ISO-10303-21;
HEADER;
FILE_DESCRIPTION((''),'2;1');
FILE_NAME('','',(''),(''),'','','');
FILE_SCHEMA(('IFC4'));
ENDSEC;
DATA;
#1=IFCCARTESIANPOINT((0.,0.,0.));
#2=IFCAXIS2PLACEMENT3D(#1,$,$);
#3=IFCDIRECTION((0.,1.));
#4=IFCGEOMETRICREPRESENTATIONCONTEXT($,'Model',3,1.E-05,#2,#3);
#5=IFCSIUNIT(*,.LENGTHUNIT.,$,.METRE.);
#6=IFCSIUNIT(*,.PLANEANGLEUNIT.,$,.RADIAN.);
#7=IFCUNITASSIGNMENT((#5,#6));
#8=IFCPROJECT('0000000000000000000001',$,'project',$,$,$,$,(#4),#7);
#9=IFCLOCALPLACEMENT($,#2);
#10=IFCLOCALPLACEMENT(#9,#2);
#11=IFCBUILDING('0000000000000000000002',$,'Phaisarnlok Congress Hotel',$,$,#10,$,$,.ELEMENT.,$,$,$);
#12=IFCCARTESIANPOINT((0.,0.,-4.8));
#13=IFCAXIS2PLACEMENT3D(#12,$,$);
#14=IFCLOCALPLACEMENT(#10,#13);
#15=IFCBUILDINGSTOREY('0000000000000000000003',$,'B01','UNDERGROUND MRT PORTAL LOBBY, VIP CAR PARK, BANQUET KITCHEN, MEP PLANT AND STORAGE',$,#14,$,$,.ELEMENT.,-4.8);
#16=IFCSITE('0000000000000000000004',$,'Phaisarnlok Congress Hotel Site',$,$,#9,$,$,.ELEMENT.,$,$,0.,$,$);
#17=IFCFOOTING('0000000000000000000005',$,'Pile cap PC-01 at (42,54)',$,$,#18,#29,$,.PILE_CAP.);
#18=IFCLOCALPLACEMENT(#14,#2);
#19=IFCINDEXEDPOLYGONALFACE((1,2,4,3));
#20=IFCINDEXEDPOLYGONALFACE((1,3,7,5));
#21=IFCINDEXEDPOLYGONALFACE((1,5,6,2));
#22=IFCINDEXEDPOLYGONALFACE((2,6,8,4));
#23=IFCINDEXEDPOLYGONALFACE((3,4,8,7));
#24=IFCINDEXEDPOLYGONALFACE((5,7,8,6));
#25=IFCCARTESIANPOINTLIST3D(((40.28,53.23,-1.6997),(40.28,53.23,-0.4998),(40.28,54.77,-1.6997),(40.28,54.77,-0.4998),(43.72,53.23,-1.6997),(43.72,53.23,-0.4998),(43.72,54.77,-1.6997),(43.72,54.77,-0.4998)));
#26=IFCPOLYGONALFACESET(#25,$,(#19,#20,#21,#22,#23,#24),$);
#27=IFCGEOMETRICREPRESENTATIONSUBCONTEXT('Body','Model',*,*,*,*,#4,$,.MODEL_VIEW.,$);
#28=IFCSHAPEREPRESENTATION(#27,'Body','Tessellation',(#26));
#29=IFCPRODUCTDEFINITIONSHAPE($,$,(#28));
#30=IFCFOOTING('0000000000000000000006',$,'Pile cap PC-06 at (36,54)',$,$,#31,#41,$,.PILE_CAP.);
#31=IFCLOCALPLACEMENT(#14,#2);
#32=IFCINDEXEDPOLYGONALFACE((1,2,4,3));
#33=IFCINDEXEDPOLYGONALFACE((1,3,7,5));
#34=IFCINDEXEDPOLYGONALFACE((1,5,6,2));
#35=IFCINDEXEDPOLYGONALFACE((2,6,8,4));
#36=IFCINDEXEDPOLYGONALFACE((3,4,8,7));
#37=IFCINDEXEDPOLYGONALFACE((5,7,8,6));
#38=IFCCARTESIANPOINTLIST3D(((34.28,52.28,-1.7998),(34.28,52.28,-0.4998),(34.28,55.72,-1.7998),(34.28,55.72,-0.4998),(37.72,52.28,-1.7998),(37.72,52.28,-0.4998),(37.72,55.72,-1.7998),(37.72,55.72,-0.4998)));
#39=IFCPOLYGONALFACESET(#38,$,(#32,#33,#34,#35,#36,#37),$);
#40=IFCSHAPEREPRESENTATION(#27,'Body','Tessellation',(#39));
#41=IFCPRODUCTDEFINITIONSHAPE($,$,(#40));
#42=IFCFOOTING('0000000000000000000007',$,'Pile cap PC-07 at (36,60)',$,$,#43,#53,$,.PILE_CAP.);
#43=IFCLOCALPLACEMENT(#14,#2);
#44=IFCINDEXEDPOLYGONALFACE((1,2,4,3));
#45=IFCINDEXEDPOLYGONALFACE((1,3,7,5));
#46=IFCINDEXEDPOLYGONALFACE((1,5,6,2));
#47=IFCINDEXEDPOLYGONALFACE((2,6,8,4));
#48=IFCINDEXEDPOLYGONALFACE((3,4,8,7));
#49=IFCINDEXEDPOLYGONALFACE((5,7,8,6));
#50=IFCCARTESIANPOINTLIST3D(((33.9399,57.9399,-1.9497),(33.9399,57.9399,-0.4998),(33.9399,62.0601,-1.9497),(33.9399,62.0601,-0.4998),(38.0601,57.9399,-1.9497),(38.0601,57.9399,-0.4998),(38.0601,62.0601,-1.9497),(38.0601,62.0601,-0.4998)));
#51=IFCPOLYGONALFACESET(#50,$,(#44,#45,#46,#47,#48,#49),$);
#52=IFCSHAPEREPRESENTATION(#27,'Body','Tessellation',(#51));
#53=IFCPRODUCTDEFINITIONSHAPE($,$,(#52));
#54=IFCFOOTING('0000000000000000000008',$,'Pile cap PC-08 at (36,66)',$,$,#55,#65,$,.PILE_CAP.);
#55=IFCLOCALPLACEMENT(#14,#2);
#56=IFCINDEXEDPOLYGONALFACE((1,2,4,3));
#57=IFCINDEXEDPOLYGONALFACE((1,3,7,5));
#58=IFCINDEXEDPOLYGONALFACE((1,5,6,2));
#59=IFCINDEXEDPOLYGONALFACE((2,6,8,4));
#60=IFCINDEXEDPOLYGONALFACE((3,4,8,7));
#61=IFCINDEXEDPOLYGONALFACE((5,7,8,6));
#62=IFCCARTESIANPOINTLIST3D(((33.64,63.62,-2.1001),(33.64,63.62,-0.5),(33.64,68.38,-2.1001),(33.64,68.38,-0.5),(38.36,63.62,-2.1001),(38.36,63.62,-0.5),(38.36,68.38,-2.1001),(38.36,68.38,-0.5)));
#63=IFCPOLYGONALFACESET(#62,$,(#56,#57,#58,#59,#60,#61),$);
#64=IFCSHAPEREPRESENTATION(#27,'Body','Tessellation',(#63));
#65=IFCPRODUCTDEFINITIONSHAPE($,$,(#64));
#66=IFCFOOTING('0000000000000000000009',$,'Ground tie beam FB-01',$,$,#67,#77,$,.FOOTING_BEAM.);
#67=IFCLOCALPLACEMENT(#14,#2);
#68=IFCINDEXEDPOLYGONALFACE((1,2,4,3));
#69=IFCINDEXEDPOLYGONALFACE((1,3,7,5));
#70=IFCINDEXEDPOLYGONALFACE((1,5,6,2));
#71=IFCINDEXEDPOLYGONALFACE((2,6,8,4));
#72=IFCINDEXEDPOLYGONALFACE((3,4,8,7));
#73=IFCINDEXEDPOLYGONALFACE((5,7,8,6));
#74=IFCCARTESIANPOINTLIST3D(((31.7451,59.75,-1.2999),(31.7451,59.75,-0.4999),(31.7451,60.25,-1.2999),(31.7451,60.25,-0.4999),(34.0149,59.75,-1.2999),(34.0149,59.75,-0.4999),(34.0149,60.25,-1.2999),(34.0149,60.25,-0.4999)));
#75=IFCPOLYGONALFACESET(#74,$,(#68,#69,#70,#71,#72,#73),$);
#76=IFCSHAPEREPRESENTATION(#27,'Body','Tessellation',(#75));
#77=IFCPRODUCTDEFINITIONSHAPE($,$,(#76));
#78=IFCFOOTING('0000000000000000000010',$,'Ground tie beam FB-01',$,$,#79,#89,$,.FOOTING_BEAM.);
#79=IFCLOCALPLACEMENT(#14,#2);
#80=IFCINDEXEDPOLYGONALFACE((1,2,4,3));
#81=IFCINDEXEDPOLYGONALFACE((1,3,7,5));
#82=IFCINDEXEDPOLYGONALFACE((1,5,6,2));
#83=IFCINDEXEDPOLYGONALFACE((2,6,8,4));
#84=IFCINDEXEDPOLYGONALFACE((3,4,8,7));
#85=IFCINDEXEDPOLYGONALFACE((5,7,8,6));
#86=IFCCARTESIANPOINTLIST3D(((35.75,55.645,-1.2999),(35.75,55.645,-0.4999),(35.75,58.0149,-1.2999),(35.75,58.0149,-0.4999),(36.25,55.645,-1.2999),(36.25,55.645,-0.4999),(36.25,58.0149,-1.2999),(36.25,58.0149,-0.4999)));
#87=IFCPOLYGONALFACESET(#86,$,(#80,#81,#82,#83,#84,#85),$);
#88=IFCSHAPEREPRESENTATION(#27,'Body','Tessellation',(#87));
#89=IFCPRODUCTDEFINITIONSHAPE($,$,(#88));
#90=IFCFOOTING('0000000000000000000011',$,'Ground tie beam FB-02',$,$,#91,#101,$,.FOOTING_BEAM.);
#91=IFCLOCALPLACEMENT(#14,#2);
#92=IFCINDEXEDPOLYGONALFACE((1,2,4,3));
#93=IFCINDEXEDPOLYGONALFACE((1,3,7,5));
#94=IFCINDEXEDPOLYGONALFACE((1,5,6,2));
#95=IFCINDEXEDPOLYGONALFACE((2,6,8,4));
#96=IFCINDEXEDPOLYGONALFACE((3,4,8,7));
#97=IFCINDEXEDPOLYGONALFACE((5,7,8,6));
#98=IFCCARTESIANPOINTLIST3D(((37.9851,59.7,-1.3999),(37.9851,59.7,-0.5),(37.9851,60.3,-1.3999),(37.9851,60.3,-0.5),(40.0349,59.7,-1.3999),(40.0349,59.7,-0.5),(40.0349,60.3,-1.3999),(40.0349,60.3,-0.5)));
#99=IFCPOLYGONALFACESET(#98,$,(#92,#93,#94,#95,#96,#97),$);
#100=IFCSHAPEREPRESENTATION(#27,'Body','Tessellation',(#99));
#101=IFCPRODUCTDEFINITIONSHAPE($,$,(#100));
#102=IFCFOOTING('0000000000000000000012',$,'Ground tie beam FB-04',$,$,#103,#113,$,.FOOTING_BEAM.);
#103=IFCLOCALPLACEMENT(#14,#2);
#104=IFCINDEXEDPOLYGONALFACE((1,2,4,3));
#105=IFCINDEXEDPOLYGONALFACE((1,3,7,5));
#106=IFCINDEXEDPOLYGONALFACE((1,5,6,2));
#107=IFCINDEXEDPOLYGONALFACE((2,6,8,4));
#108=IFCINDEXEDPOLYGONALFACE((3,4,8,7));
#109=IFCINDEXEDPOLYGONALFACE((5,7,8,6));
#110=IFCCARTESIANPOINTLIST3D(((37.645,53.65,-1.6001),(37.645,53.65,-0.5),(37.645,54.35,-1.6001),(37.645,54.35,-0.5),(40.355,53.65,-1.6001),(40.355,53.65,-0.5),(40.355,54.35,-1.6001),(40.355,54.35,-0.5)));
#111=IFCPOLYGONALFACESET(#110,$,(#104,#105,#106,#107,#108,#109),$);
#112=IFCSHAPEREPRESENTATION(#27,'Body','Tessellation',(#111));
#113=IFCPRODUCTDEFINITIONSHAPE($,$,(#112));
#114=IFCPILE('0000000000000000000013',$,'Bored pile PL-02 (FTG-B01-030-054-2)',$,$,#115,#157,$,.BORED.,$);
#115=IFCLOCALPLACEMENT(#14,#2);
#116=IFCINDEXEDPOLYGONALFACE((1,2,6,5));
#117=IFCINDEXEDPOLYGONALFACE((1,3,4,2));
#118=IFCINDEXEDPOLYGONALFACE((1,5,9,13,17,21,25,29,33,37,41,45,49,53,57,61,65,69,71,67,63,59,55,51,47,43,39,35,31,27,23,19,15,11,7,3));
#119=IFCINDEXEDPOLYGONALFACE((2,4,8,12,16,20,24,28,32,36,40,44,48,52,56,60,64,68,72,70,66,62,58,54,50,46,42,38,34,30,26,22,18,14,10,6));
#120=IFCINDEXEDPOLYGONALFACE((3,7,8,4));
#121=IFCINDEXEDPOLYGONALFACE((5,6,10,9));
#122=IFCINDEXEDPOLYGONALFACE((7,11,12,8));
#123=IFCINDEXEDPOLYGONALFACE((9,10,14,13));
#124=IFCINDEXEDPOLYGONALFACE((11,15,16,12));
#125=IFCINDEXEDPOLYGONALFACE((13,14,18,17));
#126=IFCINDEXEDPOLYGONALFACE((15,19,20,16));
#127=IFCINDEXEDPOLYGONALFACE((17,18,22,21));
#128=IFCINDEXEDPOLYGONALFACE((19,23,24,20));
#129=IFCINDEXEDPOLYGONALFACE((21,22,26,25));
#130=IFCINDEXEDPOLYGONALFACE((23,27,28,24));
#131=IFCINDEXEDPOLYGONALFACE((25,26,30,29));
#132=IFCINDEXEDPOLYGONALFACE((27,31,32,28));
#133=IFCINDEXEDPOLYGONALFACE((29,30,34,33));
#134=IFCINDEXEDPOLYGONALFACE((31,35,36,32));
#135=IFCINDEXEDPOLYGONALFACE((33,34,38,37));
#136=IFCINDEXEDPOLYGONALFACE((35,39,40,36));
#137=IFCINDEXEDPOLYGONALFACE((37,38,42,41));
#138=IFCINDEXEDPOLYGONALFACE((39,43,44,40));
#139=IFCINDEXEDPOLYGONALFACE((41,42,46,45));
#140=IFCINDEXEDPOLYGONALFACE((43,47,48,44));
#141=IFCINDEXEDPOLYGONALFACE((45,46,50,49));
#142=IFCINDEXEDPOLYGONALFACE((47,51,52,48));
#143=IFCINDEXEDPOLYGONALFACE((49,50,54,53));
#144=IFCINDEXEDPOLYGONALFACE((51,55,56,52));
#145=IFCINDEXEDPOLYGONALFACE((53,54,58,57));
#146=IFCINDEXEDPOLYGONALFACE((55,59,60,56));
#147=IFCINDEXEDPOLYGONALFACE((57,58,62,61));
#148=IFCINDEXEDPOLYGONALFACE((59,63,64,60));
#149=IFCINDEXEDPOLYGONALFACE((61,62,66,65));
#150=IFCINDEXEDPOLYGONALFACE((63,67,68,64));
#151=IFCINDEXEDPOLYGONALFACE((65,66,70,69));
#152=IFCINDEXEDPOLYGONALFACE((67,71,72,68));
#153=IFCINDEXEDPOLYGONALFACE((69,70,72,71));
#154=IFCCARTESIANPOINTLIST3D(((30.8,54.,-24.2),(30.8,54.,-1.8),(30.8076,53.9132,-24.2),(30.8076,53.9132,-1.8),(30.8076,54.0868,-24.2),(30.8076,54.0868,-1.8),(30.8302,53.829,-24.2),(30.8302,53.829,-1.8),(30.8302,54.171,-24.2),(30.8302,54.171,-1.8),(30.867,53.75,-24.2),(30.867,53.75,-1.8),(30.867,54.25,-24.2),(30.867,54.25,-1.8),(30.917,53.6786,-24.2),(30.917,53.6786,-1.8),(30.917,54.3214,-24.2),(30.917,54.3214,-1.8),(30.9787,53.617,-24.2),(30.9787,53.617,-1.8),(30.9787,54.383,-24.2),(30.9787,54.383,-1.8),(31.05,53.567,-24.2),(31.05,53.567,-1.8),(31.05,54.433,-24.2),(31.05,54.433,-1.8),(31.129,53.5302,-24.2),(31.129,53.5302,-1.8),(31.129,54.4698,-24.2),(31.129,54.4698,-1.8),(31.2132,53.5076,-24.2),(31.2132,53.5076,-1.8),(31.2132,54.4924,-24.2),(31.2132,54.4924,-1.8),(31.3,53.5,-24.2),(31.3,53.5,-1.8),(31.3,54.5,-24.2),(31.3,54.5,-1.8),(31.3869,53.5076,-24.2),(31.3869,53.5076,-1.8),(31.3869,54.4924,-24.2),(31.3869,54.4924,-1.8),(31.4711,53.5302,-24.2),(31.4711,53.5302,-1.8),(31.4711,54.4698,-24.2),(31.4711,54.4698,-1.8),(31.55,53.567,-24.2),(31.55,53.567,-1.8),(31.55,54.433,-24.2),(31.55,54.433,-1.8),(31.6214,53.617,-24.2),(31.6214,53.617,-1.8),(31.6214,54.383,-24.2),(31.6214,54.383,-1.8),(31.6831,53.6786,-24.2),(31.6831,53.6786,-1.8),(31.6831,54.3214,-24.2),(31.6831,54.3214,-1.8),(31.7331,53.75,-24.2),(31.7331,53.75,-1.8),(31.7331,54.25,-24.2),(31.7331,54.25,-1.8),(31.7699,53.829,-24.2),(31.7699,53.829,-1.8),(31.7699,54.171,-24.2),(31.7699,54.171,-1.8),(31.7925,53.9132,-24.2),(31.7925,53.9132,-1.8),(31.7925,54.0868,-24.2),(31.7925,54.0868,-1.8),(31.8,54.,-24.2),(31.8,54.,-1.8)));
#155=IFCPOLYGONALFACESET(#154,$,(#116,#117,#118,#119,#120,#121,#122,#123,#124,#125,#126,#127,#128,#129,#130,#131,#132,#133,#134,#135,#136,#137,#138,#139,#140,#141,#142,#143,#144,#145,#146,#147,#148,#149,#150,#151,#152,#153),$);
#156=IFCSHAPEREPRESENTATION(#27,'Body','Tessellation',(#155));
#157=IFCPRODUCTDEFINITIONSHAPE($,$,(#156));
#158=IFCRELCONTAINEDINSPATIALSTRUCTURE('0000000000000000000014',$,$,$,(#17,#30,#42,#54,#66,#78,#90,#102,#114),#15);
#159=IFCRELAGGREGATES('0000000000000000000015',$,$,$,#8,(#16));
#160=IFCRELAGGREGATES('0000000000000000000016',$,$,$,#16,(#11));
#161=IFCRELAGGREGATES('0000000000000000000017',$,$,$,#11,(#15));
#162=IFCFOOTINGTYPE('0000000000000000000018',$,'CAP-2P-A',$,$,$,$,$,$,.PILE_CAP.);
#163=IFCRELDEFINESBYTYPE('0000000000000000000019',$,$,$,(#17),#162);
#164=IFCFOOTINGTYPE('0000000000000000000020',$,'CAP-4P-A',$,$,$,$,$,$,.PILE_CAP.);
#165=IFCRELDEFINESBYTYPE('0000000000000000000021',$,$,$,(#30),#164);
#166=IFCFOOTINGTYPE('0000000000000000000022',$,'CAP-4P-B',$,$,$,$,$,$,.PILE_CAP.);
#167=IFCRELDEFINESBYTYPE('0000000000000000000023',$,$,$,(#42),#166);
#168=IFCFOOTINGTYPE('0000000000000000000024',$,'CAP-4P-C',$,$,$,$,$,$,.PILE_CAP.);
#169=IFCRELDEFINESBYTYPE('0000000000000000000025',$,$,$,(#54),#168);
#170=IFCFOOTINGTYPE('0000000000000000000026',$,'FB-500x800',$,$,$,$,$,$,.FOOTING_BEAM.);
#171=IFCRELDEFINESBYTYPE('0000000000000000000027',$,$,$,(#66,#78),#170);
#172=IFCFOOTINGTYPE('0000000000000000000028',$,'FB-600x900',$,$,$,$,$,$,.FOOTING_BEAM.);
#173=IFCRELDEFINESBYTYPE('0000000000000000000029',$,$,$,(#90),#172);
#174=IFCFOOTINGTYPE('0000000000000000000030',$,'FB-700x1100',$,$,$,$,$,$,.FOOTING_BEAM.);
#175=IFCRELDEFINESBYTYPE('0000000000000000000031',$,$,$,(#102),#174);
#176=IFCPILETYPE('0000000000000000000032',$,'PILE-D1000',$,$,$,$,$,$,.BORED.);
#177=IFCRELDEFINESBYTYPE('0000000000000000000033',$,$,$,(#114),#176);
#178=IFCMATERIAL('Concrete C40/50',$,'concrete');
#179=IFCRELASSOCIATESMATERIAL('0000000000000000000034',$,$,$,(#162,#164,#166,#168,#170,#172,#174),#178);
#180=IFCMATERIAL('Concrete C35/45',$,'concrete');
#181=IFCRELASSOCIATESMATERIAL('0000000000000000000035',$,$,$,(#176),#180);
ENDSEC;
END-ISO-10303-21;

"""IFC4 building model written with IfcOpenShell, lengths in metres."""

from ifc_helpers import new_model, si_unit, direction, frame, origin, origin_2d, place, context, subcontext, project, spatial, rectangle, circle, extrude, material, material_profile, profile_set, type_object, element, save


model = new_model("IFC4")

# Units and contexts
model_context = context("Model", 3, precision=1e-05, world=origin(), true_north=direction((0.0, 1.0)))
body_context = subcontext(model_context, "Body", "Model", "MODEL_VIEW")
ifc_project = project(units=[si_unit("LENGTHUNIT", "METRE"), si_unit("PLANEANGLEUNIT", "RADIAN")], contexts=[model_context])

# Site, building, storey
site_placement = place(None, origin())
site = spatial("IfcSite", under=ifc_project, at=site_placement, Name="Phaisarnlok Congress Hotel Site", CompositionType="ELEMENT", RefElevation=0.0)
building_placement = place(site_placement, origin())
building = spatial("IfcBuilding", under=site, at=building_placement, Name="Phaisarnlok Congress Hotel", CompositionType="ELEMENT")
storey_placement = place(building_placement, frame((0.0, 0.0, -4.8)))
storey = spatial("IfcBuildingStorey", under=building, at=storey_placement, Name="B01", Description="UNDERGROUND MRT PORTAL LOBBY, VIP CAR PARK, BANQUET KITCHEN, MEP PLANT AND STORAGE", CompositionType="ELEMENT", Elevation=-4.8)

# Footings
ifc_material_1 = material(Name="Concrete C40/50", Category="concrete")
footing_type_1 = type_object("IfcFootingType", Name="CAP-2P-A", PredefinedType="PILE_CAP", material=ifc_material_1)
footing_1_placement = place(storey_placement, frame((42.0, 54.0, -1.6997), z_axis=(0.0, 0.0, 1.0), x_axis=(1.0, 0.0, 0.0)))
element("IfcFooting", 1, at=footing_1_placement, inside=storey, type_object=footing_type_1, Name="Pile cap PC-01 at (42,54)", PredefinedType="PILE_CAP", context=body_context, shape_type="SweptSolid", body=[
    extrude(rectangle(XDim=3.4399, YDim=1.54, at=origin_2d()), origin(), (0.0, 0.0, 1.0), 1.2),
])
footing_type_2 = type_object("IfcFootingType", Name="CAP-4P-A", PredefinedType="PILE_CAP", material=ifc_material_1)
footing_2_placement = place(storey_placement, frame((36.0, 54.0, -1.7998), z_axis=(0.0, 0.0, 1.0), x_axis=(1.0, 0.0, 0.0)))
element("IfcFooting", 2, at=footing_2_placement, inside=storey, type_object=footing_type_2, Name="Pile cap PC-06 at (36,54)", PredefinedType="PILE_CAP", context=body_context, shape_type="SweptSolid", body=[
    extrude(rectangle(XDim=3.4399, YDim=3.4399, at=origin_2d()), origin(), (0.0, 0.0, 1.0), 1.3),
])
footing_type_3 = type_object("IfcFootingType", Name="CAP-4P-B", PredefinedType="PILE_CAP", material=ifc_material_1)
footing_3_placement = place(storey_placement, frame((36.0, 60.0, -1.9497), z_axis=(0.0, 0.0, 1.0), x_axis=(1.0, 0.0, 0.0)))
element("IfcFooting", 3, at=footing_3_placement, inside=storey, type_object=footing_type_3, Name="Pile cap PC-07 at (36,60)", PredefinedType="PILE_CAP", context=body_context, shape_type="SweptSolid", body=[
    extrude(rectangle(XDim=4.1201, YDim=4.1201, at=origin_2d()), origin(), (0.0, 0.0, 1.0), 1.45),
])
footing_type_4 = type_object("IfcFootingType", Name="CAP-4P-C", PredefinedType="PILE_CAP", material=ifc_material_1)
footing_4_placement = place(storey_placement, frame((36.0, 66.0, -2.1001), z_axis=(0.0, 0.0, 1.0), x_axis=(1.0, 0.0, 0.0)))
element("IfcFooting", 4, at=footing_4_placement, inside=storey, type_object=footing_type_4, Name="Pile cap PC-08 at (36,66)", PredefinedType="PILE_CAP", context=body_context, shape_type="SweptSolid", body=[
    extrude(rectangle(XDim=4.72, YDim=4.76, at=origin_2d()), origin(), (0.0, 0.0, 1.0), 1.6001),
])
ifc_material_profile_1 = material_profile(ifc_material_1, rectangle(XDim=0.5, YDim=0.8, at=origin_2d()), Name="FB-500x800")
ifc_profile_set_1 = profile_set([ifc_material_profile_1], Name="Concrete C40/50")
footing_type_5 = type_object("IfcFootingType", Name="FB-500x800", PredefinedType="FOOTING_BEAM", material=ifc_profile_set_1)
footing_5_placement = place(storey_placement, frame((31.7451, 60.0, -0.8999), z_axis=(1.0, 0.0, 0.0), x_axis=(0.0, 1.0, 0.0)))
element("IfcFooting", 5, at=footing_5_placement, inside=storey, type_object=footing_type_5, Name="Ground tie beam FB-01", PredefinedType="FOOTING_BEAM", context=body_context, shape_type="SweptSolid", body=[
    extrude(rectangle(XDim=0.5, YDim=0.8, at=origin_2d()), origin(), (0.0, 0.0, 1.0), 2.2698),
])
footing_6_placement = place(storey_placement, frame((36.0, 55.645, -0.8999), z_axis=(0.0, 1.0, 0.0), x_axis=(-1.0, 0.0, 0.0)))
element("IfcFooting", 6, at=footing_6_placement, inside=storey, type_object=footing_type_5, Name="Ground tie beam FB-01", PredefinedType="FOOTING_BEAM", context=body_context, shape_type="SweptSolid", body=[
    extrude(rectangle(XDim=0.5, YDim=0.8, at=origin_2d()), origin(), (0.0, 0.0, 1.0), 2.3699),
])
ifc_material_profile_2 = material_profile(ifc_material_1, rectangle(XDim=0.6001, YDim=0.8999, at=origin_2d()), Name="FB-600x900")
ifc_profile_set_2 = profile_set([ifc_material_profile_2], Name="Concrete C40/50")
footing_type_6 = type_object("IfcFootingType", Name="FB-600x900", PredefinedType="FOOTING_BEAM", material=ifc_profile_set_2)
footing_7_placement = place(storey_placement, frame((37.9851, 60.0, -0.95), z_axis=(1.0, 0.0, 0.0), x_axis=(0.0, 1.0, 0.0)))
element("IfcFooting", 7, at=footing_7_placement, inside=storey, type_object=footing_type_6, Name="Ground tie beam FB-02", PredefinedType="FOOTING_BEAM", context=body_context, shape_type="SweptSolid", body=[
    extrude(rectangle(XDim=0.6001, YDim=0.8999, at=origin_2d()), origin(), (0.0, 0.0, 1.0), 2.0498),
])
ifc_material_profile_3 = material_profile(ifc_material_1, rectangle(XDim=0.7, YDim=1.1001, at=origin_2d()), Name="FB-700x1100")
ifc_profile_set_3 = profile_set([ifc_material_profile_3], Name="Concrete C40/50")
footing_type_7 = type_object("IfcFootingType", Name="FB-700x1100", PredefinedType="FOOTING_BEAM", material=ifc_profile_set_3)
footing_8_placement = place(storey_placement, frame((37.645, 54.0, -1.05), z_axis=(1.0, 0.0, 0.0), x_axis=(0.0, 1.0, 0.0)))
element("IfcFooting", 8, at=footing_8_placement, inside=storey, type_object=footing_type_7, Name="Ground tie beam FB-04", PredefinedType="FOOTING_BEAM", context=body_context, shape_type="SweptSolid", body=[
    extrude(rectangle(XDim=0.7, YDim=1.1001, at=origin_2d()), origin(), (0.0, 0.0, 1.0), 2.71),
])

# Pile
ifc_material_2 = material(Name="Concrete C35/45", Category="concrete")
ifc_material_profile_4 = material_profile(ifc_material_2, circle(Radius=0.5, at=origin_2d()), Name="BORED PILE D1000")
ifc_profile_set_4 = profile_set([ifc_material_profile_4], Name="Concrete C35/45")
pile_type_1 = type_object("IfcPileType", Name="PILE-D1000", PredefinedType="BORED", material=ifc_profile_set_4)
pile_1_placement = place(storey_placement, frame((31.3, 54.0, -1.8), z_axis=(0.0, 0.0, -1.0), x_axis=(1.0, 0.0, 0.0)))
element("IfcPile", 9, at=pile_1_placement, inside=storey, type_object=pile_type_1, Name="Bored pile PL-02 (FTG-B01-030-054-2)", PredefinedType="BORED", context=body_context, shape_type="SweptSolid", body=[
    extrude(circle(Radius=0.5, at=origin_2d()), origin(), (0.0, 0.0, 1.0), 22.3999),
])

save(model, "model.ifc")
